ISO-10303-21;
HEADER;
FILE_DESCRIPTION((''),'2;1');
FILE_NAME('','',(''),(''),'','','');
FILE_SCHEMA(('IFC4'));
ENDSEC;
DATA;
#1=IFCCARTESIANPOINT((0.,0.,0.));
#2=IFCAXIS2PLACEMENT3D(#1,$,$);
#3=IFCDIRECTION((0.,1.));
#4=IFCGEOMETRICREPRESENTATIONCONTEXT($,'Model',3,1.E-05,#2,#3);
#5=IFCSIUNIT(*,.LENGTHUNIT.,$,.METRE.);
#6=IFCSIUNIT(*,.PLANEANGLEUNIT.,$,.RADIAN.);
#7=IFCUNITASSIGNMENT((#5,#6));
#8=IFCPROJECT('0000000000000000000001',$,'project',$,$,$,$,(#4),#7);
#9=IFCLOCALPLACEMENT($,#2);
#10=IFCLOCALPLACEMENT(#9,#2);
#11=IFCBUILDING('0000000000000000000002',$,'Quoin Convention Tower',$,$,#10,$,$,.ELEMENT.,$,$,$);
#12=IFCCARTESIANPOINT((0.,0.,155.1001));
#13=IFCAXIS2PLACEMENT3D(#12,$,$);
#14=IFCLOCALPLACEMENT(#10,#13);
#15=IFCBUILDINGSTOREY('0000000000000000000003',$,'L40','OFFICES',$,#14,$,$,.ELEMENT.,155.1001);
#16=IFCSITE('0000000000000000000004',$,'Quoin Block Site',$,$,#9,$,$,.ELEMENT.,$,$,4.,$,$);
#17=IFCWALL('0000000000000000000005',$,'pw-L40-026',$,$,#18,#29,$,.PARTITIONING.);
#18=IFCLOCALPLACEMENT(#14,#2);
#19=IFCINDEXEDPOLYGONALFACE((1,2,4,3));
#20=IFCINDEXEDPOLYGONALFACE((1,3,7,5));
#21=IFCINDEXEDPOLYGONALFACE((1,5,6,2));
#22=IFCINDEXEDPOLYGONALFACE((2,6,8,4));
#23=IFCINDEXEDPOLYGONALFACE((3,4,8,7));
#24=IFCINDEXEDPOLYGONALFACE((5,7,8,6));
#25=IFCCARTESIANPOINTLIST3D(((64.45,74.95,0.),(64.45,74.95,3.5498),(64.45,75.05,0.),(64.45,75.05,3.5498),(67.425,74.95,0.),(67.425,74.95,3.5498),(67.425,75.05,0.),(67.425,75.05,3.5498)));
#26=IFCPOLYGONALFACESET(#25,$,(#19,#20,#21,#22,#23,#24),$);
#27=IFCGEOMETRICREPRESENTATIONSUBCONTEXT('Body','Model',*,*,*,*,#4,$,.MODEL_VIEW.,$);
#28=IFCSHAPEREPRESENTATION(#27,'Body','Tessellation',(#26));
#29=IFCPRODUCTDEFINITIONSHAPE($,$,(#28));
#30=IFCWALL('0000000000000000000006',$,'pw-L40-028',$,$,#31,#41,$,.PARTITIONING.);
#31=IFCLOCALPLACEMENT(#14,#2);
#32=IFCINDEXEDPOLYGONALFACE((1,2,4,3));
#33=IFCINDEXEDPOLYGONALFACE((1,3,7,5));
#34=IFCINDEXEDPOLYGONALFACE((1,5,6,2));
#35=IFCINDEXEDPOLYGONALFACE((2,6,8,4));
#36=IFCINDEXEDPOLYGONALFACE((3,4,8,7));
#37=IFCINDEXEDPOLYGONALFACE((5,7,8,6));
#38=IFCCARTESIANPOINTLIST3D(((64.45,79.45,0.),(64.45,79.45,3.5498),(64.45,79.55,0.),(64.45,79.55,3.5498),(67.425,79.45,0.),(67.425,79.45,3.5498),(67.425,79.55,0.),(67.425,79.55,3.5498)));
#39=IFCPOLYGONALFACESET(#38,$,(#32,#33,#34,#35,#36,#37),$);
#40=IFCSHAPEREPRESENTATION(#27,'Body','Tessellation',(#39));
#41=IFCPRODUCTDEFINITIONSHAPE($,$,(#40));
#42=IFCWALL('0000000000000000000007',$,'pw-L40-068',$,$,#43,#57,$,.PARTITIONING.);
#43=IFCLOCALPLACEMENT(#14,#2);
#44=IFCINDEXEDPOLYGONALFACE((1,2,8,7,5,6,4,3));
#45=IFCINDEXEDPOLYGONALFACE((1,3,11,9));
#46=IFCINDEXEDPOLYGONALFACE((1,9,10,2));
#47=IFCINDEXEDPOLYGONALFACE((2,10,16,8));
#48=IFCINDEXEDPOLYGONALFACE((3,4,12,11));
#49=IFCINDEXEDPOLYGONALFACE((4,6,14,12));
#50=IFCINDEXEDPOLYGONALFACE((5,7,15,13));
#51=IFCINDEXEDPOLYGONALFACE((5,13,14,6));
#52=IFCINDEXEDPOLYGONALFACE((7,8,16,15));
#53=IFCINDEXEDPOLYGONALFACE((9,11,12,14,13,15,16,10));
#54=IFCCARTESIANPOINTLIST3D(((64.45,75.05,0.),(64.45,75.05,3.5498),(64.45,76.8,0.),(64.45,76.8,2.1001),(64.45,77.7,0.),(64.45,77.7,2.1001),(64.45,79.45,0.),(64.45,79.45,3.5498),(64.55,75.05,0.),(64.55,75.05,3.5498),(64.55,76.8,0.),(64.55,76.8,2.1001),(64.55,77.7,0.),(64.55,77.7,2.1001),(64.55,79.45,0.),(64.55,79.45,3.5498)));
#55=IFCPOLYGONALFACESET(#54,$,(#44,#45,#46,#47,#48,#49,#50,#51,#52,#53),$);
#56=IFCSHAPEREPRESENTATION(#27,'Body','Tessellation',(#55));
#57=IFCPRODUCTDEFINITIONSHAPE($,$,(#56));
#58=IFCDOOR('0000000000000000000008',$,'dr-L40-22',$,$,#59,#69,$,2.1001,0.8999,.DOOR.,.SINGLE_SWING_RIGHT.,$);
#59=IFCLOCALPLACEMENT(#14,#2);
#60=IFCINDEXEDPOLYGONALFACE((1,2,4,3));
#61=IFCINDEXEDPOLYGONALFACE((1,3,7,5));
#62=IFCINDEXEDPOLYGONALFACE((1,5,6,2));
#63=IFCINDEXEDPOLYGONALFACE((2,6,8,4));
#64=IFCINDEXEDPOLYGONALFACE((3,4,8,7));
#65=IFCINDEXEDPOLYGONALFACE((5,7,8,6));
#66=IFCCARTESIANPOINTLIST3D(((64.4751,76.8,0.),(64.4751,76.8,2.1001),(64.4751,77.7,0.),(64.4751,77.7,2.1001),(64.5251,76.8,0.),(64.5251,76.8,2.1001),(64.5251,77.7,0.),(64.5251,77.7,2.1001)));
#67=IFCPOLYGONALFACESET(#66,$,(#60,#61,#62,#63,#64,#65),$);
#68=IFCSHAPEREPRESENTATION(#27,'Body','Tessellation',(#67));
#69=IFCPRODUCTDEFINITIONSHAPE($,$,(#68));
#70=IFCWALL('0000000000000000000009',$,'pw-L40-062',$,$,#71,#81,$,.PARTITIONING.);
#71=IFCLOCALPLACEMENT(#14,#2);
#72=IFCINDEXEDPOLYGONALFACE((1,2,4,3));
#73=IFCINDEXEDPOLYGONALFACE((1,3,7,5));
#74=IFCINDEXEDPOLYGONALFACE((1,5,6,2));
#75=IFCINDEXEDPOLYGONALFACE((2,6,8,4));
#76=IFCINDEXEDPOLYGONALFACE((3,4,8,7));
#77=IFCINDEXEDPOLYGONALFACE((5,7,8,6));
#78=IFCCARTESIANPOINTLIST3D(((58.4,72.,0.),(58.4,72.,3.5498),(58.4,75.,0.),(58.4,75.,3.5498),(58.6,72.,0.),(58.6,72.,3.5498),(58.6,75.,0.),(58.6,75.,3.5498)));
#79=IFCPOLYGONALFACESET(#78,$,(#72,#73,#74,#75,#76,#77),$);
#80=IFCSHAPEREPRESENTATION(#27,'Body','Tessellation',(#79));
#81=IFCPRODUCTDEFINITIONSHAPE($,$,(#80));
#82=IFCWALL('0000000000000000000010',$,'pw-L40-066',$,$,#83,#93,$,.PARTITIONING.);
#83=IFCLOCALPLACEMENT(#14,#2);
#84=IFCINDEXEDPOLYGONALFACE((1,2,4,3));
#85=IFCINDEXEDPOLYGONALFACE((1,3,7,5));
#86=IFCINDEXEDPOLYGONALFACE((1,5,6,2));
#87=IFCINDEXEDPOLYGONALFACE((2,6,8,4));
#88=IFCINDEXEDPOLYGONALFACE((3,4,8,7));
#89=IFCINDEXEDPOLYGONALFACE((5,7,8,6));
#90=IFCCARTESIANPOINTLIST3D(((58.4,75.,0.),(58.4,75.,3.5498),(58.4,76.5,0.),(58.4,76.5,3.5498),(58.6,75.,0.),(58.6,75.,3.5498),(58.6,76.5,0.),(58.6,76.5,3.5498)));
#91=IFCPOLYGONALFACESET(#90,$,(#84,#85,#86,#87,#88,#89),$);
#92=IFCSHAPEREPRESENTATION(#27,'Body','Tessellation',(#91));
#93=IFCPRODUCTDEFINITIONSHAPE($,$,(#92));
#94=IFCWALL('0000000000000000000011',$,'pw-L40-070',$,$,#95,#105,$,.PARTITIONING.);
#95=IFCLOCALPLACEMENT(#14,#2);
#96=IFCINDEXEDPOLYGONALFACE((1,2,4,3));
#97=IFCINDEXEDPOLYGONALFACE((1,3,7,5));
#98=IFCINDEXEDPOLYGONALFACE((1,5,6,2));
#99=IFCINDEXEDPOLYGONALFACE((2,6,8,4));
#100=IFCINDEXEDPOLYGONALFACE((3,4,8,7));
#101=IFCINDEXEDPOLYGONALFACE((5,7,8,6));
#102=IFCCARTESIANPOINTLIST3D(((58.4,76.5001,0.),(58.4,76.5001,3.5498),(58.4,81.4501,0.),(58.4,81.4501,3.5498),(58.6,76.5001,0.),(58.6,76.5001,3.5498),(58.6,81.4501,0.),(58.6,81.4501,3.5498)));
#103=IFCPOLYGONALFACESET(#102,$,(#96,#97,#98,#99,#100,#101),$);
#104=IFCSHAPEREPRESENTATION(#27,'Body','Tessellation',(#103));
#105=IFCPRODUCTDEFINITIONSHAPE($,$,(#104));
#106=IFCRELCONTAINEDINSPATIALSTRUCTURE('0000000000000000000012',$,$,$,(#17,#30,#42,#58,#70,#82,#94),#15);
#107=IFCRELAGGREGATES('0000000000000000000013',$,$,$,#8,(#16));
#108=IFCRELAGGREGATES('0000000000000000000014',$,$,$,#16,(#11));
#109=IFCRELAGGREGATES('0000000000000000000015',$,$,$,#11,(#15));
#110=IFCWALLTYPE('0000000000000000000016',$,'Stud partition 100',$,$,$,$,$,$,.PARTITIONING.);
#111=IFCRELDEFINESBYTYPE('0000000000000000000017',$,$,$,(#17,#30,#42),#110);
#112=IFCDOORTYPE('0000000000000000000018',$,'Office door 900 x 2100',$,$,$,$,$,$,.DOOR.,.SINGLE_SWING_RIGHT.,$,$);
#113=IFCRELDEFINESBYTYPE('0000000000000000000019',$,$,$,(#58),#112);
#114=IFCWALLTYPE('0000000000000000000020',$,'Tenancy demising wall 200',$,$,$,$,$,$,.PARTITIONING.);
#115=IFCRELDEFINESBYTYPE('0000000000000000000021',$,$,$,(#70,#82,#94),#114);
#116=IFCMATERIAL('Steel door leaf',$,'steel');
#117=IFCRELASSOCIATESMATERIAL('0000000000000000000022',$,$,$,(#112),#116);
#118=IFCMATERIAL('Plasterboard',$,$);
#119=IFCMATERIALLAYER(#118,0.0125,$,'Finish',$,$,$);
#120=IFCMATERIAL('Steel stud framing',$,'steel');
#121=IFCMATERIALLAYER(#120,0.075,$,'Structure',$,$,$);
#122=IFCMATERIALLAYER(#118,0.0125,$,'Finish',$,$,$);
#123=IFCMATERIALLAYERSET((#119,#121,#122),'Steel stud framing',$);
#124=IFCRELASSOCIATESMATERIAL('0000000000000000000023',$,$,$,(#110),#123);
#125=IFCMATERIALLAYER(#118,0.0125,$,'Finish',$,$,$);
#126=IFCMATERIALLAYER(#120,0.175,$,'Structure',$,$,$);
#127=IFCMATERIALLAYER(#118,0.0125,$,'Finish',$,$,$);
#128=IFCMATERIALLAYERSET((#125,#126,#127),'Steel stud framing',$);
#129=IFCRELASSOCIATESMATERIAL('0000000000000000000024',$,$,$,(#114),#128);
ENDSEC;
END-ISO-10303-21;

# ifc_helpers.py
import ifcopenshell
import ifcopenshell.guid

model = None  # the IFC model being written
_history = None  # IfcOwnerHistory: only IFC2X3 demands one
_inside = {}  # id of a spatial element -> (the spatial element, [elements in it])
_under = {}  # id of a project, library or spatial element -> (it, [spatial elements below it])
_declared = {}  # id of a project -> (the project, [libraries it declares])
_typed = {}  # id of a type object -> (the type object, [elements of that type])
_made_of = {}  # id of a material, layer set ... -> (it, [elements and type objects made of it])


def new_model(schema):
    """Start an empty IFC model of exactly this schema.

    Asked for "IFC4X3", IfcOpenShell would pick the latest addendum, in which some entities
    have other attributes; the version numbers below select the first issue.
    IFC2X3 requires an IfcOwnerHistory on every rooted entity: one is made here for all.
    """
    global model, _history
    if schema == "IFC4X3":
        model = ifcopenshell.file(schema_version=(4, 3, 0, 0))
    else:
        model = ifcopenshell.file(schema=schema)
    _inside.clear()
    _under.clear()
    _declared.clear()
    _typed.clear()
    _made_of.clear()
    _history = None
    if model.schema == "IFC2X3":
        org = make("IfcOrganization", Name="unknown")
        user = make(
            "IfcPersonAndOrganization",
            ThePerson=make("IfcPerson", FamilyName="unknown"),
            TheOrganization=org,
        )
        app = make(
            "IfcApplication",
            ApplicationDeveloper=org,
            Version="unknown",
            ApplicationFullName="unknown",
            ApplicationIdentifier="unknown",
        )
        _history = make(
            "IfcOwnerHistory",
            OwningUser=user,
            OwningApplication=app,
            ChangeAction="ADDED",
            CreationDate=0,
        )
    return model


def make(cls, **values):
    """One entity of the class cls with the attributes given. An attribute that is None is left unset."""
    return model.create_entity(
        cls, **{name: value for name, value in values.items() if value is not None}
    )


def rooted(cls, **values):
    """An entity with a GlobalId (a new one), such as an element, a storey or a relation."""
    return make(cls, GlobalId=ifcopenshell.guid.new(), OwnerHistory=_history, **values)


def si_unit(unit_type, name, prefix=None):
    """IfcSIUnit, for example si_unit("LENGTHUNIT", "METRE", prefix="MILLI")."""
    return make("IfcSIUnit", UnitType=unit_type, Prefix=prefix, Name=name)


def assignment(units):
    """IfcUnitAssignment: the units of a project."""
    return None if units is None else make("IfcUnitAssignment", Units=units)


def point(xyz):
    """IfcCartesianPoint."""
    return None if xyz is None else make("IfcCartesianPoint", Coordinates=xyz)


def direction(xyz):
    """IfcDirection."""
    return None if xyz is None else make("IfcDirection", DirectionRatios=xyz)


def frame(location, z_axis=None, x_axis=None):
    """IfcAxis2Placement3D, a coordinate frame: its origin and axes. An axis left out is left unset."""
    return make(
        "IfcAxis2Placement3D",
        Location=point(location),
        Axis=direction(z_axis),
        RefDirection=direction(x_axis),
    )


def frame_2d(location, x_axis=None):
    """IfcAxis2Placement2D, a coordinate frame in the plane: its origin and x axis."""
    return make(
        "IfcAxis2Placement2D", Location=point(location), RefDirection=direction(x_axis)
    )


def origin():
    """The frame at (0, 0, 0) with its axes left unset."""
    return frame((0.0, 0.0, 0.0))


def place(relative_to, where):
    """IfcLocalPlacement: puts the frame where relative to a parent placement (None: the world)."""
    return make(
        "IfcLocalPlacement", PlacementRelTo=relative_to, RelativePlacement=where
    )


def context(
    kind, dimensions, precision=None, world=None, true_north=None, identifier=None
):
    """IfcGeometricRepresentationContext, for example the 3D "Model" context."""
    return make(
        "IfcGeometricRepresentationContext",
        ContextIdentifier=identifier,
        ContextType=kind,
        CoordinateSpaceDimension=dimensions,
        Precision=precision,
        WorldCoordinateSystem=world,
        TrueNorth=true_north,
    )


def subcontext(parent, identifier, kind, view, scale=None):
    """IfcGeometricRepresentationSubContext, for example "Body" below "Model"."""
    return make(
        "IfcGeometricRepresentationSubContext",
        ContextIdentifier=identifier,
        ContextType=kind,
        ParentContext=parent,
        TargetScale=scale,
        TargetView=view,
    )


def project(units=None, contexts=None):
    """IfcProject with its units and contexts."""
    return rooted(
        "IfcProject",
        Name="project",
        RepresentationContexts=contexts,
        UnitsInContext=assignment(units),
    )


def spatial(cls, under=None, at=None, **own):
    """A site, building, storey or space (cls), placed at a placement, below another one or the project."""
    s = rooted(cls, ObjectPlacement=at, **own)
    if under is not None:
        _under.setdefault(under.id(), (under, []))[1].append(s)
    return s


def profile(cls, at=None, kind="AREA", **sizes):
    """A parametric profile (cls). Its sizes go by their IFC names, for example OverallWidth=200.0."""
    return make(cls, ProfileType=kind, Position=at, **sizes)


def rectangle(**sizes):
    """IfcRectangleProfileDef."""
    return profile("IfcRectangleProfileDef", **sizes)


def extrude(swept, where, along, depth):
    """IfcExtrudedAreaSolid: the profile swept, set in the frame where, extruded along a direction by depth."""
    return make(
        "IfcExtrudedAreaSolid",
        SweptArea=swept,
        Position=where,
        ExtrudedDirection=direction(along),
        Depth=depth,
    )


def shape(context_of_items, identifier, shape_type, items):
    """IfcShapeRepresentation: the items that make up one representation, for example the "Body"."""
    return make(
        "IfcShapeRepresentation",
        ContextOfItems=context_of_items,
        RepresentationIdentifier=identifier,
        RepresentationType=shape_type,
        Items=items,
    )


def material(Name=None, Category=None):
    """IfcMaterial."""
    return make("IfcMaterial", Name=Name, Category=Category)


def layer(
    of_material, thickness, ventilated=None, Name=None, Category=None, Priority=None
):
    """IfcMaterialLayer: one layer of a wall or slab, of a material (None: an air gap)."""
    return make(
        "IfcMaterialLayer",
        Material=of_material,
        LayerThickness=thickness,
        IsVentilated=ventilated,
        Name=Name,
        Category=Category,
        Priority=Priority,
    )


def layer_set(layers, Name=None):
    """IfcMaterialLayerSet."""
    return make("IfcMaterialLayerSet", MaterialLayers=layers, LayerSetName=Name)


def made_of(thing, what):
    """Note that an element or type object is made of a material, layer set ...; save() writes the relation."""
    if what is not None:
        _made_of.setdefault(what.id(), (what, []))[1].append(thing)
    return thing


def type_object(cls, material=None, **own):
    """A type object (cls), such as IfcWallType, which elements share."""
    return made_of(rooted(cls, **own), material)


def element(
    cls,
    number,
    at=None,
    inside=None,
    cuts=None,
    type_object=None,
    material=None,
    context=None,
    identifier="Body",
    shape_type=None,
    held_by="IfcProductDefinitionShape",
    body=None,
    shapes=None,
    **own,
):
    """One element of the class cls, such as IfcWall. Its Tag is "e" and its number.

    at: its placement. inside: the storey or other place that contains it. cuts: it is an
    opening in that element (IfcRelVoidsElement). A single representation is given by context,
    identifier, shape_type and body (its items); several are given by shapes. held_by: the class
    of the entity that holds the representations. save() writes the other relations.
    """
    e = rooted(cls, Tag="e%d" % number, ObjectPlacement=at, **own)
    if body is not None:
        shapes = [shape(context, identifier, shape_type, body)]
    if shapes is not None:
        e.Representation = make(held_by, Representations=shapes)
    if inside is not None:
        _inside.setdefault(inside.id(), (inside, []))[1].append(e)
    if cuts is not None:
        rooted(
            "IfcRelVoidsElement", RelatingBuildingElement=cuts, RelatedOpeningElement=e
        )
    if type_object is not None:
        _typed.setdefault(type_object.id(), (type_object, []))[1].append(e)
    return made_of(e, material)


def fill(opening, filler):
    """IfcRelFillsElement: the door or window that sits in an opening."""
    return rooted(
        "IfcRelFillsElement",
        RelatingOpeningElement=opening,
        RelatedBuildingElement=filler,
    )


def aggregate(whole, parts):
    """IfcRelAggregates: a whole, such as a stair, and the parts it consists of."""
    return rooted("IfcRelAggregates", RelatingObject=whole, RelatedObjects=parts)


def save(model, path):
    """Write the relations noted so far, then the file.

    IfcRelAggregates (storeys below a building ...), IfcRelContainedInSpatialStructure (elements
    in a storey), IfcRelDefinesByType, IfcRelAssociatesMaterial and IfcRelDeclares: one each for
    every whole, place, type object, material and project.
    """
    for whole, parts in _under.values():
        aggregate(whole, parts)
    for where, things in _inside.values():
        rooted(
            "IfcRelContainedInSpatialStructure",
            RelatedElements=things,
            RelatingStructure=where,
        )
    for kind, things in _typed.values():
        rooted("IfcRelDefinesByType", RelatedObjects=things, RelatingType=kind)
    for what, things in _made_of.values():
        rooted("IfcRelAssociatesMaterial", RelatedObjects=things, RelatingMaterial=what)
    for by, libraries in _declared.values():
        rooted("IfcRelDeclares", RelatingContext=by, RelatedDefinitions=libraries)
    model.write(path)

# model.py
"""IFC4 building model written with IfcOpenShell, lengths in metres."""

from ifc_helpers import new_model, si_unit, direction, frame, frame_2d, origin, place, context, subcontext, project, spatial, rectangle, extrude, material, layer, layer_set, type_object, element, fill, save


model = new_model("IFC4")

# Units and contexts
model_context = context("Model", 3, precision=1e-05, world=origin(), true_north=direction((0.0, 1.0)))
body_context = subcontext(model_context, "Body", "Model", "MODEL_VIEW")
ifc_project = project(units=[si_unit("LENGTHUNIT", "METRE"), si_unit("PLANEANGLEUNIT", "RADIAN")], contexts=[model_context])

# Site, building, storey
site_placement = place(None, origin())
site = spatial("IfcSite", under=ifc_project, at=site_placement, Name="Quoin Block Site", CompositionType="ELEMENT", RefElevation=4.0)
building_placement = place(site_placement, origin())
building = spatial("IfcBuilding", under=site, at=building_placement, Name="Quoin Convention Tower", CompositionType="ELEMENT")
storey_placement = place(building_placement, frame((0.0, 0.0, 155.1001)))
storey = spatial("IfcBuildingStorey", under=building, at=storey_placement, Name="L40", Description="OFFICES", CompositionType="ELEMENT", Elevation=155.1001)

# Shared definitions
ifc_material_1 = material(Name="Plasterboard")
ifc_material_2 = material(Name="Steel stud framing", Category="steel")

# Shared definitions
ifc_material_3 = material(Name="Steel door leaf", Category="steel")
door_type = type_object("IfcDoorType", Name="Office door 900 x 2100", OperationType="SINGLE_SWING_RIGHT", PredefinedType="DOOR", material=ifc_material_3)

# Walls
ifc_layer_1 = layer(ifc_material_1, 0.0125, Name="Finish")
ifc_layer_2 = layer(ifc_material_2, 0.075, Name="Structure")
ifc_layer_3 = layer(ifc_material_1, 0.0125, Name="Finish")
ifc_layer_set_1 = layer_set([ifc_layer_1, ifc_layer_2, ifc_layer_3], Name="Steel stud framing")
wall_type_1 = type_object("IfcWallType", Name="Stud partition 100", PredefinedType="PARTITIONING", material=ifc_layer_set_1)
for number, where, z_axis, x_axis, name in (
    (1, (64.45, 75.0, 0.0), (0.0, 0.0, 1.0), (1.0, 0.0, 0.0), "pw-L40-026"),
    (2, (64.45, 79.5, 0.0), (0.0, 0.0, 1.0), (1.0, 0.0, 0.0), "pw-L40-028"),
):
    element("IfcWall", number, at=place(storey_placement, frame(where, z_axis=z_axis, x_axis=x_axis)), inside=storey, type_object=wall_type_1, Name=name, PredefinedType="PARTITIONING", context=body_context, shape_type="SweptSolid", body=[
        extrude(rectangle(XDim=2.9751, YDim=0.1001, at=frame_2d((1.4875, 0.0))), origin(), (0.0, 0.0, 1.0), 3.5498),
    ])

# Wall, opening, door
wall_1_placement = place(storey_placement, frame((64.5, 75.05, 0.0), z_axis=(0.0, 0.0, 1.0), x_axis=(0.0, 1.0, 0.0)))
wall_1 = element("IfcWall", 3, at=wall_1_placement, inside=storey, type_object=wall_type_1, Name="pw-L40-068", PredefinedType="PARTITIONING", context=body_context, shape_type="SweptSolid", body=[
    extrude(rectangle(XDim=4.3999, YDim=0.1001, at=frame_2d((2.2, 0.0))), origin(), (0.0, 0.0, 1.0), 3.5498),
])
opening_1_placement = place(wall_1_placement, frame((1.75, 0.0, 0.0)))
opening_1 = element("IfcOpeningElement", 4, at=opening_1_placement, cuts=wall_1, PredefinedType="OPENING", context=body_context, shape_type="SweptSolid", body=[
    extrude(rectangle(XDim=0.8999, YDim=2.1001, at=frame_2d((0.45, 1.05))), frame((0.0, 0.0601, 0.0), z_axis=(0.0, -1.0, 0.0), x_axis=(1.0, 0.0, 0.0)), (0.0, 0.0, 1.0), 0.1201),
])
door_1_placement = place(opening_1_placement, origin())
door_1 = element("IfcDoor", 5, at=door_1_placement, inside=storey, type_object=door_type, Name="dr-L40-22", OperationType="SINGLE_SWING_RIGHT", OverallHeight=2.1001, OverallWidth=0.8999, PredefinedType="DOOR", context=body_context, shape_type="SweptSolid", body=[
    extrude(rectangle(XDim=0.8999, YDim=2.1001, at=frame_2d((0.45, 1.05))), frame((0.0, 0.0249, 0.0), z_axis=(0.0, -1.0, 0.0), x_axis=(1.0, 0.0, 0.0)), (0.0, 0.0, 1.0), 0.05),
])
fill(opening_1, door_1)

# Walls
ifc_layer_4 = layer(ifc_material_1, 0.0125, Name="Finish")
ifc_layer_5 = layer(ifc_material_2, 0.175, Name="Structure")
ifc_layer_6 = layer(ifc_material_1, 0.0125, Name="Finish")
ifc_layer_set_2 = layer_set([ifc_layer_4, ifc_layer_5, ifc_layer_6], Name="Steel stud framing")
wall_type_2 = type_object("IfcWallType", Name="Tenancy demising wall 200", PredefinedType="PARTITIONING", material=ifc_layer_set_2)
wall_2_placement = place(storey_placement, frame((58.5, 72.0, 0.0), z_axis=(0.0, 0.0, 1.0), x_axis=(0.0, 1.0, 0.0)))
element("IfcWall", 6, at=wall_2_placement, inside=storey, type_object=wall_type_2, Name="pw-L40-062", PredefinedType="PARTITIONING", context=body_context, shape_type="SweptSolid", body=[
    extrude(rectangle(XDim=3.0, YDim=0.2, at=frame_2d((1.5, 0.0))), origin(), (0.0, 0.0, 1.0), 3.5498),
])
wall_3_placement = place(storey_placement, frame((58.5, 75.0, 0.0), z_axis=(0.0, 0.0, 1.0), x_axis=(0.0, 1.0, 0.0)))
element("IfcWall", 7, at=wall_3_placement, inside=storey, type_object=wall_type_2, Name="pw-L40-066", PredefinedType="PARTITIONING", context=body_context, shape_type="SweptSolid", body=[
    extrude(rectangle(XDim=1.5, YDim=0.2, at=frame_2d((0.75, 0.0))), origin(), (0.0, 0.0, 1.0), 3.5498),
])
wall_4_placement = place(storey_placement, frame((58.5, 76.5, 0.0), z_axis=(0.0, 0.0, 1.0), x_axis=(0.0, 1.0, 0.0)))
element("IfcWall", 8, at=wall_4_placement, inside=storey, type_object=wall_type_2, Name="pw-L40-070", PredefinedType="PARTITIONING", context=body_context, shape_type="SweptSolid", body=[
    extrude(rectangle(XDim=4.95, YDim=0.2, at=frame_2d((2.4751, 0.0))), origin(), (0.0, 0.0, 1.0), 3.5498),
])

save(model, "model.ifc")
